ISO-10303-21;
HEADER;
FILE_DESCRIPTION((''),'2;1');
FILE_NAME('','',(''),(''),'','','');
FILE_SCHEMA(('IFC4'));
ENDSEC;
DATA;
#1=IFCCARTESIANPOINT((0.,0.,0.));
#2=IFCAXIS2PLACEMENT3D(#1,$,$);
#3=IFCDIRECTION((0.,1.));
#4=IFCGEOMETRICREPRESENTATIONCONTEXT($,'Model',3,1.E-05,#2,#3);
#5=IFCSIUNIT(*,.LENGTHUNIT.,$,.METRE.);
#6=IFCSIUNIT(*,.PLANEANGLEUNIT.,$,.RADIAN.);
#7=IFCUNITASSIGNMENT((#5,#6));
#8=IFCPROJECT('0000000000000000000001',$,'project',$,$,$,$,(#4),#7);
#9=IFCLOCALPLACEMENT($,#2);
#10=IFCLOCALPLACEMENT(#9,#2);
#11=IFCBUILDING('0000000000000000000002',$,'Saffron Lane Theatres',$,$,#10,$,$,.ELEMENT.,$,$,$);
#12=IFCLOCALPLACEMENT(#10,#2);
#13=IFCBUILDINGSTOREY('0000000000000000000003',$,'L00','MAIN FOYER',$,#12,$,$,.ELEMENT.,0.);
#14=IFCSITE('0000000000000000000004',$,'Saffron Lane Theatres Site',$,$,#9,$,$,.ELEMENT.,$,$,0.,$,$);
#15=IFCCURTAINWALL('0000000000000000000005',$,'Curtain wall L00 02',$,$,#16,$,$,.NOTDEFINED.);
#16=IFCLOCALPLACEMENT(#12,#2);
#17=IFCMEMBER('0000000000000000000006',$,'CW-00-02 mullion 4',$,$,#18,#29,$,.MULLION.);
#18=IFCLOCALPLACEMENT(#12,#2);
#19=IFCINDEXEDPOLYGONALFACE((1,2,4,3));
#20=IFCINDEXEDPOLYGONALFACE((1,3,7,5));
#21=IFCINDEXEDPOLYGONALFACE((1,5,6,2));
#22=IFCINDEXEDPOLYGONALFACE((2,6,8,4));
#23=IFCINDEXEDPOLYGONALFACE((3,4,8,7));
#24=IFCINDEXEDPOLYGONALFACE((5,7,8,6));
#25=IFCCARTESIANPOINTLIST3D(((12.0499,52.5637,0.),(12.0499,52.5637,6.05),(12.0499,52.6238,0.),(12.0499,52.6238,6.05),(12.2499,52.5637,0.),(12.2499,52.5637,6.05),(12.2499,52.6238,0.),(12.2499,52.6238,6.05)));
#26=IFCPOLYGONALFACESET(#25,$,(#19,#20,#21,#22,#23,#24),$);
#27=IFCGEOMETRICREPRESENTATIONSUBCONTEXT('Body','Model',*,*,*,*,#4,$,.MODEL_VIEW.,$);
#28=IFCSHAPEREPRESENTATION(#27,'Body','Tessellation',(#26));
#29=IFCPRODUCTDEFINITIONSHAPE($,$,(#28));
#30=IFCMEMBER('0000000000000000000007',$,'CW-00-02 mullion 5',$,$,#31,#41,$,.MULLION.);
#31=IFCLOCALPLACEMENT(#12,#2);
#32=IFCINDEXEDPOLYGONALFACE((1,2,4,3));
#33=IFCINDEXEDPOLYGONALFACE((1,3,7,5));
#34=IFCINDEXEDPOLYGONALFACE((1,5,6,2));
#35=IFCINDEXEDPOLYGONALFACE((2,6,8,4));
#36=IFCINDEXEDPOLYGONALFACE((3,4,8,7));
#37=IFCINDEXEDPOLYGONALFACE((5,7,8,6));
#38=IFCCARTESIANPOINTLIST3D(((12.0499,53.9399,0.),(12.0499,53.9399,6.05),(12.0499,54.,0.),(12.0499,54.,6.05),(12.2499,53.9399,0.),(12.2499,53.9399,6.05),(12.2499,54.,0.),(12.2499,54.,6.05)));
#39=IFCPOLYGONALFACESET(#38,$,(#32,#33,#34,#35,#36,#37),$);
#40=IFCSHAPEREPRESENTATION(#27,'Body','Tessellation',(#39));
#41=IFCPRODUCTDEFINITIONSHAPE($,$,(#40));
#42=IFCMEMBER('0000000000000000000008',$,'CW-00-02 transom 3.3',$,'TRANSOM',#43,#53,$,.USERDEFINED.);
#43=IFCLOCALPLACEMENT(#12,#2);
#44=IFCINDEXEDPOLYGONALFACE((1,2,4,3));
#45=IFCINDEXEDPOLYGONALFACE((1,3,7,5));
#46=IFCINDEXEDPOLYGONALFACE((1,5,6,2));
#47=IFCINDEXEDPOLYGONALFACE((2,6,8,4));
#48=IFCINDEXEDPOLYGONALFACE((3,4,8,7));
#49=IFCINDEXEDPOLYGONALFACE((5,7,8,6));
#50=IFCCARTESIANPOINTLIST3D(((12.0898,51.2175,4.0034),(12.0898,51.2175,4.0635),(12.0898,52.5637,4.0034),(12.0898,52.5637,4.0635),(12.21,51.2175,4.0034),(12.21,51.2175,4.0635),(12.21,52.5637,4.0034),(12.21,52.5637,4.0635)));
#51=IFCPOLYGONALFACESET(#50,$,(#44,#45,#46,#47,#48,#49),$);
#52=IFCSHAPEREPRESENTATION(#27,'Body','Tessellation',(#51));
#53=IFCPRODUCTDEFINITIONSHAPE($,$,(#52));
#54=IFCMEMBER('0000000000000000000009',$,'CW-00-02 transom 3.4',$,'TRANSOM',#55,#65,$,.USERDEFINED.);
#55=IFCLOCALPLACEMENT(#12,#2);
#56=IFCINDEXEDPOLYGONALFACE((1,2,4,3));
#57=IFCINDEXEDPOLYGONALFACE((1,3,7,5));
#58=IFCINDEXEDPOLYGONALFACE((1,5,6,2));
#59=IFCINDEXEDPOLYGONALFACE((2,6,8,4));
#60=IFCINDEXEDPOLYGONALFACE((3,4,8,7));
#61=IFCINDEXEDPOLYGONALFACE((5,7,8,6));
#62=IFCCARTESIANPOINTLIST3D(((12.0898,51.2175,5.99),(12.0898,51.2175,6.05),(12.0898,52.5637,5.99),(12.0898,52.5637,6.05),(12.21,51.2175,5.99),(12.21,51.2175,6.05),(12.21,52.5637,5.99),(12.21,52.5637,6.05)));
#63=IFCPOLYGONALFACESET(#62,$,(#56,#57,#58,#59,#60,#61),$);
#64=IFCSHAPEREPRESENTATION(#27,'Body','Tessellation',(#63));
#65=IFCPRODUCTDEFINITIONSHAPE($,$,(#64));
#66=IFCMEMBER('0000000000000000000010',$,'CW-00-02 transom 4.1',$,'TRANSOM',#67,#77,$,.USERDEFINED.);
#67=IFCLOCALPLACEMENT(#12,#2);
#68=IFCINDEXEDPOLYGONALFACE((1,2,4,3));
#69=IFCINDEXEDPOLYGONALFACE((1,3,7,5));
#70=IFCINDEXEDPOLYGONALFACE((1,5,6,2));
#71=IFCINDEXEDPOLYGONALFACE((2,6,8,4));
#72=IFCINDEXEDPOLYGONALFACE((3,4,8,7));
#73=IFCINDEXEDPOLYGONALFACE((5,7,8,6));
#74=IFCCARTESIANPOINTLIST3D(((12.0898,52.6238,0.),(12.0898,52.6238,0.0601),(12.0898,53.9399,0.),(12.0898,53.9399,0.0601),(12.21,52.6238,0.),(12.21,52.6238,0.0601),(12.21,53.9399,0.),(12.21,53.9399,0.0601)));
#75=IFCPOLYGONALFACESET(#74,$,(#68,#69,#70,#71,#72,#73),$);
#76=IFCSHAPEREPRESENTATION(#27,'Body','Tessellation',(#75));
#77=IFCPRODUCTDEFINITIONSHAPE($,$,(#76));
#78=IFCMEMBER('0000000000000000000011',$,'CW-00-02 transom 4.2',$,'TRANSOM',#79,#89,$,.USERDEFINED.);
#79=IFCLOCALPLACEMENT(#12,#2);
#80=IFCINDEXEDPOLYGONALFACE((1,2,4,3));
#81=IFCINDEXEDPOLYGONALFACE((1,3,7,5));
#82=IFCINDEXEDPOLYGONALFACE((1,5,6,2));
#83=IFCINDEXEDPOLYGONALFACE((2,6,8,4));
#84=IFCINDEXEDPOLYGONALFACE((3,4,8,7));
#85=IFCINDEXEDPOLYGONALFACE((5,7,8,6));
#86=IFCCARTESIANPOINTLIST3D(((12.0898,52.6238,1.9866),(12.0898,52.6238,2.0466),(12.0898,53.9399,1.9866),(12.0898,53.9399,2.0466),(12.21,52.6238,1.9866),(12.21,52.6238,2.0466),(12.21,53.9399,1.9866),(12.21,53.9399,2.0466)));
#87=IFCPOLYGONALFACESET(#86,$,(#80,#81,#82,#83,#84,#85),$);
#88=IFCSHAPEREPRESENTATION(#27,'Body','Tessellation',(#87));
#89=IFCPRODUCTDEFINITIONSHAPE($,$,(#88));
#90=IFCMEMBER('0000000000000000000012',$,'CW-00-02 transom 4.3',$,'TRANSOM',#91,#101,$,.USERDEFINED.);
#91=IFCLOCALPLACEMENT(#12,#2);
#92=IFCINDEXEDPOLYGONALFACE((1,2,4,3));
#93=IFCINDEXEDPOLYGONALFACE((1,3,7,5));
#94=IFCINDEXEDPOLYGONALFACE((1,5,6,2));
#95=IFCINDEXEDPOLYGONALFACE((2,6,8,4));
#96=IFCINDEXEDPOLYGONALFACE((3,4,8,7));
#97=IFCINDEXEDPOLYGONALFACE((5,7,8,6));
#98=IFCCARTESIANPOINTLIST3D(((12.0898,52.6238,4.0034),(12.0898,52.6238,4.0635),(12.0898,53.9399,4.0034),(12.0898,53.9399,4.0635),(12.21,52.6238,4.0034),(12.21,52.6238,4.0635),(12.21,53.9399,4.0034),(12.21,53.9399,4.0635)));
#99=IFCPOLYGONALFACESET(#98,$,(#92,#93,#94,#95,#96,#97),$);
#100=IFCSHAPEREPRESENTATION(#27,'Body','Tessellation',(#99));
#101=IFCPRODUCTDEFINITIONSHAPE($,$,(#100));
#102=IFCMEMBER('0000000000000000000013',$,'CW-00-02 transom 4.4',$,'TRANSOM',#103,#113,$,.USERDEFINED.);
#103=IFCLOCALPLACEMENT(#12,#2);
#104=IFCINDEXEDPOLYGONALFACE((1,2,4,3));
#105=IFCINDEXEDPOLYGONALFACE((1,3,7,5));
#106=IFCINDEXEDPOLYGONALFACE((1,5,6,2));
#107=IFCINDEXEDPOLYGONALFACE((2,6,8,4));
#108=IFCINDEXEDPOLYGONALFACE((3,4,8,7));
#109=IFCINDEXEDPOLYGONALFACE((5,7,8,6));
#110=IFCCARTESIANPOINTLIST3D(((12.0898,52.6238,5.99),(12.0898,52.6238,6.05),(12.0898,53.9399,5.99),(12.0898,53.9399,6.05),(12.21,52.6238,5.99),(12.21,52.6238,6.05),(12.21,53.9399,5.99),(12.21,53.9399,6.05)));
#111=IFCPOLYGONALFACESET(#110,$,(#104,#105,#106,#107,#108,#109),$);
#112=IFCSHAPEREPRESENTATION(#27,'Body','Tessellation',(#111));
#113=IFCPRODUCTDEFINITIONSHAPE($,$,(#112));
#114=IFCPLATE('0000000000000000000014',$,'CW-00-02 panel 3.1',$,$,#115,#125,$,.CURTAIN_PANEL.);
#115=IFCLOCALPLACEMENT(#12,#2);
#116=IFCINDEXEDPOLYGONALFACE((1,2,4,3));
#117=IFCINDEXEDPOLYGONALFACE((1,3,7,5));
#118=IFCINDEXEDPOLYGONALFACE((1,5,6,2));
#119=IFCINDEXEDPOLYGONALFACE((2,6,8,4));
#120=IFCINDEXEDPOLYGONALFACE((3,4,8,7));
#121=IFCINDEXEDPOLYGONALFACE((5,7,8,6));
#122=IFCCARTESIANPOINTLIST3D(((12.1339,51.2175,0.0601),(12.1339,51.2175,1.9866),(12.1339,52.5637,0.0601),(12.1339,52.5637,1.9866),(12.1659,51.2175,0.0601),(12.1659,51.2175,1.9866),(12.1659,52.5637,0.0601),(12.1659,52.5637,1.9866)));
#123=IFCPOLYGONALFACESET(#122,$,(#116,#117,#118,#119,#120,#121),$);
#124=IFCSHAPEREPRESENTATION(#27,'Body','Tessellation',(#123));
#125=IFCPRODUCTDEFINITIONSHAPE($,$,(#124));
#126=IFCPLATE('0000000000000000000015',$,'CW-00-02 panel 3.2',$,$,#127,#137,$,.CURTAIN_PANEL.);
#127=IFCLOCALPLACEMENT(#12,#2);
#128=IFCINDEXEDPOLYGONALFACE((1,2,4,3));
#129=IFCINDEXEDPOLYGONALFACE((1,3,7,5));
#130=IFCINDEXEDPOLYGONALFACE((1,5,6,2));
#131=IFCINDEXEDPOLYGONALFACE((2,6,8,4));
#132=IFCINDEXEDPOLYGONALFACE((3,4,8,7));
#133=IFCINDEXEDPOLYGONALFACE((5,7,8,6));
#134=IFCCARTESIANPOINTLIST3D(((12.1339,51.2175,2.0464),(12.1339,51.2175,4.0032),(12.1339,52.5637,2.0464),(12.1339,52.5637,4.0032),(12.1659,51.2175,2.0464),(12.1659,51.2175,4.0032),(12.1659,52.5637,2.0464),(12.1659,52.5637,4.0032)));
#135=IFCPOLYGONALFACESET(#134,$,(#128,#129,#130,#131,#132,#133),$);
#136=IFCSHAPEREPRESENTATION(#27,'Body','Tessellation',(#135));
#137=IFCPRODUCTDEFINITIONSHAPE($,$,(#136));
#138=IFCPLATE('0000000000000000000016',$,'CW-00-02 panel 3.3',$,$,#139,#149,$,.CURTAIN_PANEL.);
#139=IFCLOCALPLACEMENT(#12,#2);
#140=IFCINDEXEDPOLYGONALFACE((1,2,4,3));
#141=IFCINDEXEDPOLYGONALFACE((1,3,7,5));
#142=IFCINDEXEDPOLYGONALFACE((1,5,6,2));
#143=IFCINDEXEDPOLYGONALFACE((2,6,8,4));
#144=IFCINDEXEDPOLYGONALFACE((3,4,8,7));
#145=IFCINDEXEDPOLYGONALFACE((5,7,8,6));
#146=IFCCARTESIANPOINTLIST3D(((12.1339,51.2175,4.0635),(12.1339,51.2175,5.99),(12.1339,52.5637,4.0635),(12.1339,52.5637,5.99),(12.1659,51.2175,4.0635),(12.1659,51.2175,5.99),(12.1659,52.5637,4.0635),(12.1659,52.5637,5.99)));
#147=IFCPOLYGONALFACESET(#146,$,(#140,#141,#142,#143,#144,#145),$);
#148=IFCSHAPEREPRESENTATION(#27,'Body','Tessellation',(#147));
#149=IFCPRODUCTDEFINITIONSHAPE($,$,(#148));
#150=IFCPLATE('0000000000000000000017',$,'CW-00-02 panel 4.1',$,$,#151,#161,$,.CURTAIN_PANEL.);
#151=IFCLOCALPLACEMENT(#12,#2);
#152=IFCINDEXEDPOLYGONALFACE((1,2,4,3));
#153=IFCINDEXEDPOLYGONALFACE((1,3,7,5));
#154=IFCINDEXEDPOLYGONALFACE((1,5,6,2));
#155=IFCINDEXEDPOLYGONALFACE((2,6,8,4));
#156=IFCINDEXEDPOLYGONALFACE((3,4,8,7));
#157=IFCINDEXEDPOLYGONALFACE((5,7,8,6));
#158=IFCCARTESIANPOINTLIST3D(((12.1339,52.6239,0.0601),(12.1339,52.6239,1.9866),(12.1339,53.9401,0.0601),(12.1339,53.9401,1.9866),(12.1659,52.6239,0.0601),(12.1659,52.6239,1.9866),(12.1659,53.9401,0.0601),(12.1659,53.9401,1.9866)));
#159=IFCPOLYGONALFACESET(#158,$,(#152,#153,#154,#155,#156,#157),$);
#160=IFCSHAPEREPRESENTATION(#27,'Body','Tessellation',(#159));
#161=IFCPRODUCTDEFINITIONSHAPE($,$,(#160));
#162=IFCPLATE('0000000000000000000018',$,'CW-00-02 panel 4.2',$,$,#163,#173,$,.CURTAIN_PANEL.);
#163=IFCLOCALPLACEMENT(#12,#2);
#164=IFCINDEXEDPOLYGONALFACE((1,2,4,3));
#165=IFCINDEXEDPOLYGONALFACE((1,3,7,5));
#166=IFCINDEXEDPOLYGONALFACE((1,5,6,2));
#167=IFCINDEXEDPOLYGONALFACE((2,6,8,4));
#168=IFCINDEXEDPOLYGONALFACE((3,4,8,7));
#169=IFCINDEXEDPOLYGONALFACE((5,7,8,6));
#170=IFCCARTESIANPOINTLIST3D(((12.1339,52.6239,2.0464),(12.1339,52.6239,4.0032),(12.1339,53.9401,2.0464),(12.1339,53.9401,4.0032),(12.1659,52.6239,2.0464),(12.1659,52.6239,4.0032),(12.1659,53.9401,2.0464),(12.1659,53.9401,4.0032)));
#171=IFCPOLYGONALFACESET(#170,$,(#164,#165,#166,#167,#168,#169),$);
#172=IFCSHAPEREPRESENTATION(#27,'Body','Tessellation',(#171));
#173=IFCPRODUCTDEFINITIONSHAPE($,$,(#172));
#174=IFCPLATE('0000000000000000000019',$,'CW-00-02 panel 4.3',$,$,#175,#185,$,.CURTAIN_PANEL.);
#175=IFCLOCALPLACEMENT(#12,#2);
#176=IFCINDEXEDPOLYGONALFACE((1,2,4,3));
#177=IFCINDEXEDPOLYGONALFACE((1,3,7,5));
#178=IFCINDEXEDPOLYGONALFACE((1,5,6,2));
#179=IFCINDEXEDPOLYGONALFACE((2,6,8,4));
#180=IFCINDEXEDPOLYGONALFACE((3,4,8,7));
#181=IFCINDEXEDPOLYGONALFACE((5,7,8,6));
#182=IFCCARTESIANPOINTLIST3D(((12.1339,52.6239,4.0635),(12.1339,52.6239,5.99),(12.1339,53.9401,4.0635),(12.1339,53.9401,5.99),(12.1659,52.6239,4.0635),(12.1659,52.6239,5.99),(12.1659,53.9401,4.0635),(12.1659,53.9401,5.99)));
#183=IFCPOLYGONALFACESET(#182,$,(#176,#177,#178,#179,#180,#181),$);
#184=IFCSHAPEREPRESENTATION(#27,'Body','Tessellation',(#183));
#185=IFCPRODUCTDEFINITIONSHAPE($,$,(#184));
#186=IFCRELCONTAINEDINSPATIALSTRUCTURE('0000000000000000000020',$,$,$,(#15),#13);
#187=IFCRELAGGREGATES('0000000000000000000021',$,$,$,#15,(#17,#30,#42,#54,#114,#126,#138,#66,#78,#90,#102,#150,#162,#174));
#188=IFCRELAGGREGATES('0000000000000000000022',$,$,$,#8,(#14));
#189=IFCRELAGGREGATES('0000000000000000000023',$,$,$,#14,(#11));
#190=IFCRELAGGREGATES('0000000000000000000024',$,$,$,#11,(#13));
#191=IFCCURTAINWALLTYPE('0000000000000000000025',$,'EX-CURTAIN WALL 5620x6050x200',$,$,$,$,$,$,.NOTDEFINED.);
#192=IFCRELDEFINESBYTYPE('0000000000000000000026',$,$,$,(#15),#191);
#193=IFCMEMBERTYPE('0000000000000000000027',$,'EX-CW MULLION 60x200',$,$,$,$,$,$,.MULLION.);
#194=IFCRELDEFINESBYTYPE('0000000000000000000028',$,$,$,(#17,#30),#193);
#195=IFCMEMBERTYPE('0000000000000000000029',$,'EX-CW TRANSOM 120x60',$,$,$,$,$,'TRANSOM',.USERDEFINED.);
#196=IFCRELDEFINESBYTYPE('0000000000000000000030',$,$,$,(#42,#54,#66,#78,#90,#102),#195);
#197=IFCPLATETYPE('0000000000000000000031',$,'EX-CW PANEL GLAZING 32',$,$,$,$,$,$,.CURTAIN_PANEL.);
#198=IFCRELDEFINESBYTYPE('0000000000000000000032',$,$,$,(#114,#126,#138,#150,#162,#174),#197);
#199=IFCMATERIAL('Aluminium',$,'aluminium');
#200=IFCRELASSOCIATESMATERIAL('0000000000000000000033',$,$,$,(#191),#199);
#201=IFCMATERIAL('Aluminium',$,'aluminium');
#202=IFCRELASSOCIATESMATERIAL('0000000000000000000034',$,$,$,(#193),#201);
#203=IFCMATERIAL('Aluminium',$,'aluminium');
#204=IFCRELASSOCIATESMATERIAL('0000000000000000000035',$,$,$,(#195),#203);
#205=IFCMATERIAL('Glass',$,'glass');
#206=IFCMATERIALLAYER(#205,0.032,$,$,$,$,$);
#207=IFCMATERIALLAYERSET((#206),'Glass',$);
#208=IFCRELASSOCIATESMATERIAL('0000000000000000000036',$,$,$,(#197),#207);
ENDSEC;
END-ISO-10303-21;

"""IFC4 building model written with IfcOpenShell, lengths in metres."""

from ifc_helpers import new_model, si_unit, direction, frame, origin, origin_2d, place, context, subcontext, project, spatial, rectangle, extrude, material, layer, layer_set, material_profile, profile_set, type_object, element, aggregate, save


model = new_model("IFC4")

# Units and contexts
model_context = context("Model", 3, precision=1e-05, world=origin(), true_north=direction((0.0, 1.0)))
body_context = subcontext(model_context, "Body", "Model", "MODEL_VIEW")
ifc_project = project(units=[si_unit("LENGTHUNIT", "METRE"), si_unit("PLANEANGLEUNIT", "RADIAN")], contexts=[model_context])

# Site, building, storey
site_placement = place(None, origin())
site = spatial("IfcSite", under=ifc_project, at=site_placement, Name="Saffron Lane Theatres Site", CompositionType="ELEMENT", RefElevation=0.0)
building_placement = place(site_placement, origin())
building = spatial("IfcBuilding", under=site, at=building_placement, Name="Saffron Lane Theatres", CompositionType="ELEMENT")
storey_placement = place(building_placement, origin())
storey = spatial("IfcBuildingStorey", under=building, at=storey_placement, Name="L00", Description="MAIN FOYER", CompositionType="ELEMENT", Elevation=0.0)

# Curtain wall, members, plates
ifc_material_1 = material(Name="Aluminium", Category="aluminium")
curtain_wall_type = type_object("IfcCurtainWallType", Name="EX-CURTAIN WALL 5620x6050x200", PredefinedType="NOTDEFINED", material=ifc_material_1)
curtain_wall_placement = place(storey_placement, origin())
curtain_wall = element("IfcCurtainWall", 1, at=curtain_wall_placement, inside=storey, type_object=curtain_wall_type, Name="Curtain wall L00 02", PredefinedType="NOTDEFINED")
ifc_material_2 = material(Name="Aluminium", Category="aluminium")
ifc_material_profile_1 = material_profile(ifc_material_2, rectangle(XDim=0.0601, YDim=0.2, at=origin_2d()))
ifc_profile_set_1 = profile_set([ifc_material_profile_1], Name="Aluminium")
member_type_1 = type_object("IfcMemberType", Name="EX-CW MULLION 60x200", PredefinedType="MULLION", material=ifc_profile_set_1)
member_1_placement = place(storey_placement, frame((12.1499, 52.5938, 0.0), z_axis=(0.0, 0.0, 1.0), x_axis=(0.0, 1.0, 0.0)))
member_1 = element("IfcMember", 2, at=member_1_placement, type_object=member_type_1, Name="CW-00-02 mullion 4", PredefinedType="MULLION", context=body_context, shape_type="SweptSolid", body=[
    extrude(rectangle(XDim=0.0601, YDim=0.2, at=origin_2d()), origin(), (0.0, 0.0, 1.0), 6.05),
])
member_2_placement = place(storey_placement, frame((12.1499, 53.97, 0.0), z_axis=(0.0, 0.0, 1.0), x_axis=(0.0, 1.0, 0.0)))
member_2 = element("IfcMember", 3, at=member_2_placement, type_object=member_type_1, Name="CW-00-02 mullion 5", PredefinedType="MULLION", context=body_context, shape_type="SweptSolid", body=[
    extrude(rectangle(XDim=0.0601, YDim=0.2, at=origin_2d()), origin(), (0.0, 0.0, 1.0), 6.05),
])
ifc_material_3 = material(Name="Aluminium", Category="aluminium")
ifc_material_profile_2 = material_profile(ifc_material_3, rectangle(XDim=0.1201, YDim=0.0601, at=origin_2d()))
ifc_profile_set_2 = profile_set([ifc_material_profile_2], Name="Aluminium")
member_type_2 = type_object("IfcMemberType", Name="EX-CW TRANSOM 120x60", ElementType="TRANSOM", PredefinedType="USERDEFINED", material=ifc_profile_set_2)
member_3_placement = place(storey_placement, frame((12.1499, 51.2175, 4.0334), z_axis=(0.0, 1.0, 0.0), x_axis=(-1.0, 0.0, 0.0)))
member_3 = element("IfcMember", 4, at=member_3_placement, type_object=member_type_2, Name="CW-00-02 transom 3.3", ObjectType="TRANSOM", PredefinedType="USERDEFINED", context=body_context, shape_type="SweptSolid", body=[
    extrude(rectangle(XDim=0.1201, YDim=0.0601, at=origin_2d()), origin(), (0.0, 0.0, 1.0), 1.3462),
])
member_4_placement = place(storey_placement, frame((12.1499, 51.2175, 6.02), z_axis=(0.0, 1.0, 0.0), x_axis=(-1.0, 0.0, 0.0)))
member_4 = element("IfcMember", 5, at=member_4_placement, type_object=member_type_2, Name="CW-00-02 transom 3.4", ObjectType="TRANSOM", PredefinedType="USERDEFINED", context=body_context, shape_type="SweptSolid", body=[
    extrude(rectangle(XDim=0.1201, YDim=0.0601, at=origin_2d()), origin(), (0.0, 0.0, 1.0), 1.3462),
])
member_5_placement = place(storey_placement, frame((12.1499, 52.6238, 0.03), z_axis=(0.0, 1.0, 0.0), x_axis=(-1.0, 0.0, 0.0)))
member_5 = element("IfcMember", 6, at=member_5_placement, type_object=member_type_2, Name="CW-00-02 transom 4.1", ObjectType="TRANSOM", PredefinedType="USERDEFINED", context=body_context, shape_type="SweptSolid", body=[
    extrude(rectangle(XDim=0.1201, YDim=0.0601, at=origin_2d()), origin(), (0.0, 0.0, 1.0), 1.3162),
])
member_6_placement = place(storey_placement, frame((12.1499, 52.6238, 2.0166), z_axis=(0.0, 1.0, 0.0), x_axis=(-1.0, 0.0, 0.0)))
member_6 = element("IfcMember", 7, at=member_6_placement, type_object=member_type_2, Name="CW-00-02 transom 4.2", ObjectType="TRANSOM", PredefinedType="USERDEFINED", context=body_context, shape_type="SweptSolid", body=[
    extrude(rectangle(XDim=0.1201, YDim=0.0601, at=origin_2d()), origin(), (0.0, 0.0, 1.0), 1.3162),
])
member_7_placement = place(storey_placement, frame((12.1499, 52.6238, 4.0334), z_axis=(0.0, 1.0, 0.0), x_axis=(-1.0, 0.0, 0.0)))
member_7 = element("IfcMember", 8, at=member_7_placement, type_object=member_type_2, Name="CW-00-02 transom 4.3", ObjectType="TRANSOM", PredefinedType="USERDEFINED", context=body_context, shape_type="SweptSolid", body=[
    extrude(rectangle(XDim=0.1201, YDim=0.0601, at=origin_2d()), origin(), (0.0, 0.0, 1.0), 1.3162),
])
member_8_placement = place(storey_placement, frame((12.1499, 52.6238, 6.02), z_axis=(0.0, 1.0, 0.0), x_axis=(-1.0, 0.0, 0.0)))
member_8 = element("IfcMember", 9, at=member_8_placement, type_object=member_type_2, Name="CW-00-02 transom 4.4", ObjectType="TRANSOM", PredefinedType="USERDEFINED", context=body_context, shape_type="SweptSolid", body=[
    extrude(rectangle(XDim=0.1201, YDim=0.0601, at=origin_2d()), origin(), (0.0, 0.0, 1.0), 1.3162),
])
ifc_material_4 = material(Name="Glass", Category="glass")
ifc_layer_1 = layer(ifc_material_4, 0.032)
ifc_layer_set_1 = layer_set([ifc_layer_1], Name="Glass")
plate_type = type_object("IfcPlateType", Name="EX-CW PANEL GLAZING 32", PredefinedType="CURTAIN_PANEL", material=ifc_layer_set_1)
plate_1_placement = place(storey_placement, frame((12.1499, 51.8906, 0.0601), z_axis=(0.0, 0.0, 1.0), x_axis=(0.0, 1.0, 0.0)))
plate_1 = element("IfcPlate", 10, at=plate_1_placement, type_object=plate_type, Name="CW-00-02 panel 3.1", PredefinedType="CURTAIN_PANEL", context=body_context, shape_type="SweptSolid", body=[
    extrude(rectangle(XDim=1.3462, YDim=0.032, at=origin_2d()), origin(), (0.0, 0.0, 1.0), 1.9265),
])
plate_2_placement = place(storey_placement, frame((12.1499, 51.8906, 2.0464), z_axis=(0.0, 0.0, 1.0), x_axis=(0.0, 1.0, 0.0)))
plate_2 = element("IfcPlate", 11, at=plate_2_placement, type_object=plate_type, Name="CW-00-02 panel 3.2", PredefinedType="CURTAIN_PANEL", context=body_context, shape_type="SweptSolid", body=[
    extrude(rectangle(XDim=1.3462, YDim=0.032, at=origin_2d()), origin(), (0.0, 0.0, 1.0), 1.9568),
])
plate_3_placement = place(storey_placement, frame((12.1499, 51.8906, 4.0635), z_axis=(0.0, 0.0, 1.0), x_axis=(0.0, 1.0, 0.0)))
plate_3 = element("IfcPlate", 12, at=plate_3_placement, type_object=plate_type, Name="CW-00-02 panel 3.3", PredefinedType="CURTAIN_PANEL", context=body_context, shape_type="SweptSolid", body=[
    extrude(rectangle(XDim=1.3462, YDim=0.032, at=origin_2d()), origin(), (0.0, 0.0, 1.0), 1.9265),
])
plate_4_placement = place(storey_placement, frame((12.1499, 53.282, 0.0601), z_axis=(0.0, 0.0, 1.0), x_axis=(0.0, 1.0, 0.0)))
plate_4 = element("IfcPlate", 13, at=plate_4_placement, type_object=plate_type, Name="CW-00-02 panel 4.1", PredefinedType="CURTAIN_PANEL", context=body_context, shape_type="SweptSolid", body=[
    extrude(rectangle(XDim=1.3162, YDim=0.032, at=origin_2d()), origin(), (0.0, 0.0, 1.0), 1.9265),
])
plate_5_placement = place(storey_placement, frame((12.1499, 53.282, 2.0464), z_axis=(0.0, 0.0, 1.0), x_axis=(0.0, 1.0, 0.0)))
plate_5 = element("IfcPlate", 14, at=plate_5_placement, type_object=plate_type, Name="CW-00-02 panel 4.2", PredefinedType="CURTAIN_PANEL", context=body_context, shape_type="SweptSolid", body=[
    extrude(rectangle(XDim=1.3162, YDim=0.032, at=origin_2d()), origin(), (0.0, 0.0, 1.0), 1.9568),
])
plate_6_placement = place(storey_placement, frame((12.1499, 53.282, 4.0635), z_axis=(0.0, 0.0, 1.0), x_axis=(0.0, 1.0, 0.0)))
plate_6 = element("IfcPlate", 15, at=plate_6_placement, type_object=plate_type, Name="CW-00-02 panel 4.3", PredefinedType="CURTAIN_PANEL", context=body_context, shape_type="SweptSolid", body=[
    extrude(rectangle(XDim=1.3162, YDim=0.032, at=origin_2d()), origin(), (0.0, 0.0, 1.0), 1.9265),
])
aggregate(curtain_wall, [member_1, member_2, member_3, member_4, plate_1, plate_2, plate_3, member_5, member_6, member_7, member_8, plate_4, plate_5, plate_6])

save(model, "model.ifc")
